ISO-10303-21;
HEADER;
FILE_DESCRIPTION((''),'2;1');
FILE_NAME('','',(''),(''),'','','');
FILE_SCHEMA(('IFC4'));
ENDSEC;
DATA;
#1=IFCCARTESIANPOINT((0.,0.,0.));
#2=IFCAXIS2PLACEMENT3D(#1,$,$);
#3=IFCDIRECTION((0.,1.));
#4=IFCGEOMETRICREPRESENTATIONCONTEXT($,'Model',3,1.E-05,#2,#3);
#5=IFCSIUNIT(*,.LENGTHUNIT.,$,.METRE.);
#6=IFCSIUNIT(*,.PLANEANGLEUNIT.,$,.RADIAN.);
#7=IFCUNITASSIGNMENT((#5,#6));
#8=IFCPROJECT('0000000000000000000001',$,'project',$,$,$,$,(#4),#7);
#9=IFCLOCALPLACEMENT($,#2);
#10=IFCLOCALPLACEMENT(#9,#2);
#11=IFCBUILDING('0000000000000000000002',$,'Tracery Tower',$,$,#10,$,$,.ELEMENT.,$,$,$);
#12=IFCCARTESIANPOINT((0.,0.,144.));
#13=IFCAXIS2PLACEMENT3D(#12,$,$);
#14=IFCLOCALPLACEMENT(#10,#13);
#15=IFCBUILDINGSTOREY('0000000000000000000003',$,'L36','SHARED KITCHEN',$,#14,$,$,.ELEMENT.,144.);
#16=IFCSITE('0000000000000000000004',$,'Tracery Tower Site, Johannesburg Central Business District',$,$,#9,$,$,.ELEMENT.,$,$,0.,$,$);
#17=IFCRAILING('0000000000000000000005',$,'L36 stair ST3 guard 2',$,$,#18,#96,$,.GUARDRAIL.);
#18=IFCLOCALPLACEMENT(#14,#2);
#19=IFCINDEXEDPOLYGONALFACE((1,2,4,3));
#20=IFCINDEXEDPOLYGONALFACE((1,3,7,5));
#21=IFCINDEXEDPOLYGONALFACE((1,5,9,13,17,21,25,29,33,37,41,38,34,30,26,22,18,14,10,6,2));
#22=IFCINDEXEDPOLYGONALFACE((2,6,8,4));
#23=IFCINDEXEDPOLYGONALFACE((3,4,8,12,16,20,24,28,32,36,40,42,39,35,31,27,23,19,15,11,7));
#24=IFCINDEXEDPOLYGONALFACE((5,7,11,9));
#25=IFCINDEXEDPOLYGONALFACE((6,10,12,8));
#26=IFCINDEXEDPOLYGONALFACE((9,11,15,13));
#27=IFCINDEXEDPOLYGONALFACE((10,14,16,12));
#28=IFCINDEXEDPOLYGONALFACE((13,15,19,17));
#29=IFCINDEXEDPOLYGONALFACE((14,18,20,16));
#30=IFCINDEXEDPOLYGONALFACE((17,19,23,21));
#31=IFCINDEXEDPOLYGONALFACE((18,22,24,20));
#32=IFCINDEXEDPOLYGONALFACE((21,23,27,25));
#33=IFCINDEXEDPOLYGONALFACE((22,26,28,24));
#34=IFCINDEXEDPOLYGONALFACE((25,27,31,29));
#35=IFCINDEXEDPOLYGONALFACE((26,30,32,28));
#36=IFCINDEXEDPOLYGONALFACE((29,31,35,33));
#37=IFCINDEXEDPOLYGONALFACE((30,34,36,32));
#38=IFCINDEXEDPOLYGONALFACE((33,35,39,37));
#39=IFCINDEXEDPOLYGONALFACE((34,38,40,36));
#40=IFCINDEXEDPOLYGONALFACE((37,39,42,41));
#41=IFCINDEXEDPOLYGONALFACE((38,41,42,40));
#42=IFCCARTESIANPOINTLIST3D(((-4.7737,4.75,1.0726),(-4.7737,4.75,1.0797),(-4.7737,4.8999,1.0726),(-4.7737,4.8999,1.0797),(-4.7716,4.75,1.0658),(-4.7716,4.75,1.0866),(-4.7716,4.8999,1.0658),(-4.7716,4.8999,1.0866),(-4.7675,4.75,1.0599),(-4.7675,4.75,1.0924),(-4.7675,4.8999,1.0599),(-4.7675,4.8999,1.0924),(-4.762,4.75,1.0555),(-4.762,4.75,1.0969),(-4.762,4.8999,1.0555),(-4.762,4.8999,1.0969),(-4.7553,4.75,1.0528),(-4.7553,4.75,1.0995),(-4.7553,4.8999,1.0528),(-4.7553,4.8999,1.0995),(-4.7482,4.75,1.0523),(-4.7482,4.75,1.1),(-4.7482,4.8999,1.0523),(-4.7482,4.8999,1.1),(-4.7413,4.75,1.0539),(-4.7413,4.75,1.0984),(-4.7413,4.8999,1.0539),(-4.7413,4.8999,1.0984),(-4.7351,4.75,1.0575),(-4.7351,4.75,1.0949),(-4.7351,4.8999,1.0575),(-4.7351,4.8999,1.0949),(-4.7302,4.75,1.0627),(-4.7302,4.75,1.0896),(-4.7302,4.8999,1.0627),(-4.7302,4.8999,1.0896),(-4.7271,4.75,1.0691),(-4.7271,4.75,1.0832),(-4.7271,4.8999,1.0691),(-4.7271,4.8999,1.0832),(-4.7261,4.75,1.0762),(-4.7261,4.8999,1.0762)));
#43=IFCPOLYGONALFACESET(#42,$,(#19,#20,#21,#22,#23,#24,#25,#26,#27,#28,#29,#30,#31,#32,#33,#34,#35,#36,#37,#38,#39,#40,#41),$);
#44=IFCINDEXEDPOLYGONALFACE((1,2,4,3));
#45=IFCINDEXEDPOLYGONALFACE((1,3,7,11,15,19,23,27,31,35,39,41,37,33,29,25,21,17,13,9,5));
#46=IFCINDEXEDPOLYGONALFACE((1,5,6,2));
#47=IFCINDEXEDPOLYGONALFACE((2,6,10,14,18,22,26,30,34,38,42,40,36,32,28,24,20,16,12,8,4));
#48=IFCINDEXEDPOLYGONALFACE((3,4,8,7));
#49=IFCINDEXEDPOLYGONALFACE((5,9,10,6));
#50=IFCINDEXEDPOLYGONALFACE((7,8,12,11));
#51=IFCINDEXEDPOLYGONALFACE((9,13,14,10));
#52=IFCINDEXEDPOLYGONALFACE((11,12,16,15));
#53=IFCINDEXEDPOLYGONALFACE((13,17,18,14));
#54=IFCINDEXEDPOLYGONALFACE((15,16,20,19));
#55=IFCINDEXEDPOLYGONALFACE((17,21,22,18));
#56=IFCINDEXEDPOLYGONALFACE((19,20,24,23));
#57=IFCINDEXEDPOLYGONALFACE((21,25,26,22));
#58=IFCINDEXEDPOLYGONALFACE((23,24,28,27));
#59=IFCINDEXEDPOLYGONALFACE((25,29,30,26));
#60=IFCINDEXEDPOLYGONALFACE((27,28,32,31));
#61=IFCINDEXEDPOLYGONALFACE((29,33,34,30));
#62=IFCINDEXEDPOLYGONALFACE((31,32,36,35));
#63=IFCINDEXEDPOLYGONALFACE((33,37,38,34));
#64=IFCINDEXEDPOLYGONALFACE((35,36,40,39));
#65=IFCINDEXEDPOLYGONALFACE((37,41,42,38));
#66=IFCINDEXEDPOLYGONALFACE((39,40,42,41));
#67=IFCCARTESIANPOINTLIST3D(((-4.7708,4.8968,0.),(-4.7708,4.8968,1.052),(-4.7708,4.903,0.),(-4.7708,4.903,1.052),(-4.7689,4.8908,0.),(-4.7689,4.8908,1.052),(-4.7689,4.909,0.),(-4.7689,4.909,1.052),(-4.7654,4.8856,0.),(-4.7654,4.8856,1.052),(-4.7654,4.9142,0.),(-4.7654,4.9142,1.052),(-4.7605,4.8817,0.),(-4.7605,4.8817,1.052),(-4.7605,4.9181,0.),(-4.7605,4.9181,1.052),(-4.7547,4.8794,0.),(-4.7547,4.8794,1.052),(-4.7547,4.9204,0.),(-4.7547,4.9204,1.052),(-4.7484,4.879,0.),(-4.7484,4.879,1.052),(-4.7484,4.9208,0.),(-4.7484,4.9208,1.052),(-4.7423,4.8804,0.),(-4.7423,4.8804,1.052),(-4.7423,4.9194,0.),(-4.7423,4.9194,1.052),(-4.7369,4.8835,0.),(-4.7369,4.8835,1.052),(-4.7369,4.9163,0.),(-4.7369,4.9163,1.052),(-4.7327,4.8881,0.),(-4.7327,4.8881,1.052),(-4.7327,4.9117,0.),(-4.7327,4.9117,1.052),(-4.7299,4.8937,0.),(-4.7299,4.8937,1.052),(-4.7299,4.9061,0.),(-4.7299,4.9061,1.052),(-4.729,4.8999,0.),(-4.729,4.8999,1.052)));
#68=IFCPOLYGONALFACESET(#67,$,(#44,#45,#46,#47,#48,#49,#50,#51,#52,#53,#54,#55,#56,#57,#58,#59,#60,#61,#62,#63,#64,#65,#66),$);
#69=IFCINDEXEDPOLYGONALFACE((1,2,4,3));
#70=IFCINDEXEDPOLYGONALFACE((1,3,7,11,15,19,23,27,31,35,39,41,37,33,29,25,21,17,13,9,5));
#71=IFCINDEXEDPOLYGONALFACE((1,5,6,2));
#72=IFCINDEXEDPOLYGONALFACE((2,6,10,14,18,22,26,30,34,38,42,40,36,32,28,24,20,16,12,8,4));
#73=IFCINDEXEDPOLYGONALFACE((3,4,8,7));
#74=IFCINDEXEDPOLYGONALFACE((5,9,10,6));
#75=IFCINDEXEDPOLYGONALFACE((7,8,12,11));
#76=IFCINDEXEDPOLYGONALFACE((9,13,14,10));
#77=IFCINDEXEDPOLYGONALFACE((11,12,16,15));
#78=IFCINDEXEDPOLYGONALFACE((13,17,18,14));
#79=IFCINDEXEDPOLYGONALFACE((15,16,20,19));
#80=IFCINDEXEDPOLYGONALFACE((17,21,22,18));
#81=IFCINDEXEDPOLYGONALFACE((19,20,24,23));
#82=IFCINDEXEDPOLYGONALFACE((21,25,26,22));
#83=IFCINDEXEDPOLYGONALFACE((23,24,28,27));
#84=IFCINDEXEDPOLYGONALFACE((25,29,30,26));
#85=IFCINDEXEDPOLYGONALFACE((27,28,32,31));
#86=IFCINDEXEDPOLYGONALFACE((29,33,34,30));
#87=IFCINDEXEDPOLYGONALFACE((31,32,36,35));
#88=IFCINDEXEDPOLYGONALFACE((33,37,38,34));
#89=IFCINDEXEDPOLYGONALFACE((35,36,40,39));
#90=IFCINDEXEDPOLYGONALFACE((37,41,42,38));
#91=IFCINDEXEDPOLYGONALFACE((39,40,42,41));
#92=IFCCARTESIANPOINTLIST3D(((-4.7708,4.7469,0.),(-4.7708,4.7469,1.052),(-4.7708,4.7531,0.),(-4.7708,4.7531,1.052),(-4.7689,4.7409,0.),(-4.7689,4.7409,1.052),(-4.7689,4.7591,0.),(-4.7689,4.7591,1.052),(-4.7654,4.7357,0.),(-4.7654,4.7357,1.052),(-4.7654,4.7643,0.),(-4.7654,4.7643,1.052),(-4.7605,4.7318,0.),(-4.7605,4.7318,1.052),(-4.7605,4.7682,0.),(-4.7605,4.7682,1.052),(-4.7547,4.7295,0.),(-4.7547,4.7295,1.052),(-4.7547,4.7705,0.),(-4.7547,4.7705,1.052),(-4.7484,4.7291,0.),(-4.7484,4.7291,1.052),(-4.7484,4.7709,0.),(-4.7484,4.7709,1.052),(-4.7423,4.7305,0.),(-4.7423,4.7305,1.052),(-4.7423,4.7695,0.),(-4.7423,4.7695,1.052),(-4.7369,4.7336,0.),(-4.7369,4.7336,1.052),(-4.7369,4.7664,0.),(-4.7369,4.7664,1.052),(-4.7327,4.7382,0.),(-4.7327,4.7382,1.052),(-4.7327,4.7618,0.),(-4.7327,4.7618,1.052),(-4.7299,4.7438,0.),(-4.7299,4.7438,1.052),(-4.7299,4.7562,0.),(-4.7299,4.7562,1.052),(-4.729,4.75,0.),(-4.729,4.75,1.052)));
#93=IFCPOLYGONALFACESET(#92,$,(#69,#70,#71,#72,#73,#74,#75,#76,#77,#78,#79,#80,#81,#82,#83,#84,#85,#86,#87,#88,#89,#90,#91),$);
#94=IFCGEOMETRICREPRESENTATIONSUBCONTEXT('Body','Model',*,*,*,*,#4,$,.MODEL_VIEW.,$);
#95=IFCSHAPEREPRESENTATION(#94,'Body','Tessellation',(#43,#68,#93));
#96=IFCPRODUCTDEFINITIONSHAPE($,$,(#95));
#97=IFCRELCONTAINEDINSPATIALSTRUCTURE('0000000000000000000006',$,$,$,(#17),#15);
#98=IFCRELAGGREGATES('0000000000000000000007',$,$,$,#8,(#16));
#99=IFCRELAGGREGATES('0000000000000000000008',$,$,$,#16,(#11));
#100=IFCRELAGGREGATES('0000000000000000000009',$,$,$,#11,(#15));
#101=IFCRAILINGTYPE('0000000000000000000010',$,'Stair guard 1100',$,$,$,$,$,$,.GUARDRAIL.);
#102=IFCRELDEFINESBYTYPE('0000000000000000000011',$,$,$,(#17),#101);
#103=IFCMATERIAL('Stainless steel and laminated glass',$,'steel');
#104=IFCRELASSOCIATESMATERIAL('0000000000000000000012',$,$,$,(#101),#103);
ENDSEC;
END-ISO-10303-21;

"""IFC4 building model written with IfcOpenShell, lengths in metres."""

from ifc_helpers import new_model, si_unit, direction, frame, origin, origin_2d, place, context, subcontext, project, spatial, circle, extrude, material, type_object, element, save


model = new_model("IFC4")

# Units and contexts
model_context = context("Model", 3, precision=1e-05, world=origin(), true_north=direction((0.0, 1.0)))
body_context = subcontext(model_context, "Body", "Model", "MODEL_VIEW")
ifc_project = project(units=[si_unit("LENGTHUNIT", "METRE"), si_unit("PLANEANGLEUNIT", "RADIAN")], contexts=[model_context])

# Site, building, storey
site_placement = place(None, origin())
site = spatial("IfcSite", under=ifc_project, at=site_placement, Name="Tracery Tower Site, Johannesburg Central Business District", CompositionType="ELEMENT", RefElevation=0.0)
building_placement = place(site_placement, origin())
building = spatial("IfcBuilding", under=site, at=building_placement, Name="Tracery Tower", CompositionType="ELEMENT")
storey_placement = place(building_placement, frame((0.0, 0.0, 144.0)))
storey = spatial("IfcBuildingStorey", under=building, at=storey_placement, Name="L36", Description="SHARED KITCHEN", CompositionType="ELEMENT", Elevation=144.0)

# Railing
ifc_material_1 = material(Name="Stainless steel and laminated glass", Category="steel")
railing_type_1 = type_object("IfcRailingType", Name="Stair guard 1100", PredefinedType="GUARDRAIL", material=ifc_material_1)
railing_1_placement = place(storey_placement, frame((-4.75, 4.8999, 0.0)))
element("IfcRailing", 1, at=railing_1_placement, inside=storey, type_object=railing_type_1, Name="L36 stair ST3 guard 2", PredefinedType="GUARDRAIL", context=body_context, shape_type="SweptSolid", body=[
    extrude(circle(Radius=0.0239, at=origin_2d()), frame((0.0, 0.0, 1.0762), z_axis=(0.0, -1.0, 0.0), x_axis=(1.0, 0.0, 0.0)), (0.0, 0.0, 1.0), 0.1499),
    extrude(circle(Radius=0.021, at=origin_2d()), origin(), (0.0, 0.0, 1.0), 1.052),
    extrude(circle(Radius=0.021, at=origin_2d()), frame((0.0, -0.1499, 0.0)), (0.0, 0.0, 1.0), 1.052),
])

save(model, "model.ifc")
